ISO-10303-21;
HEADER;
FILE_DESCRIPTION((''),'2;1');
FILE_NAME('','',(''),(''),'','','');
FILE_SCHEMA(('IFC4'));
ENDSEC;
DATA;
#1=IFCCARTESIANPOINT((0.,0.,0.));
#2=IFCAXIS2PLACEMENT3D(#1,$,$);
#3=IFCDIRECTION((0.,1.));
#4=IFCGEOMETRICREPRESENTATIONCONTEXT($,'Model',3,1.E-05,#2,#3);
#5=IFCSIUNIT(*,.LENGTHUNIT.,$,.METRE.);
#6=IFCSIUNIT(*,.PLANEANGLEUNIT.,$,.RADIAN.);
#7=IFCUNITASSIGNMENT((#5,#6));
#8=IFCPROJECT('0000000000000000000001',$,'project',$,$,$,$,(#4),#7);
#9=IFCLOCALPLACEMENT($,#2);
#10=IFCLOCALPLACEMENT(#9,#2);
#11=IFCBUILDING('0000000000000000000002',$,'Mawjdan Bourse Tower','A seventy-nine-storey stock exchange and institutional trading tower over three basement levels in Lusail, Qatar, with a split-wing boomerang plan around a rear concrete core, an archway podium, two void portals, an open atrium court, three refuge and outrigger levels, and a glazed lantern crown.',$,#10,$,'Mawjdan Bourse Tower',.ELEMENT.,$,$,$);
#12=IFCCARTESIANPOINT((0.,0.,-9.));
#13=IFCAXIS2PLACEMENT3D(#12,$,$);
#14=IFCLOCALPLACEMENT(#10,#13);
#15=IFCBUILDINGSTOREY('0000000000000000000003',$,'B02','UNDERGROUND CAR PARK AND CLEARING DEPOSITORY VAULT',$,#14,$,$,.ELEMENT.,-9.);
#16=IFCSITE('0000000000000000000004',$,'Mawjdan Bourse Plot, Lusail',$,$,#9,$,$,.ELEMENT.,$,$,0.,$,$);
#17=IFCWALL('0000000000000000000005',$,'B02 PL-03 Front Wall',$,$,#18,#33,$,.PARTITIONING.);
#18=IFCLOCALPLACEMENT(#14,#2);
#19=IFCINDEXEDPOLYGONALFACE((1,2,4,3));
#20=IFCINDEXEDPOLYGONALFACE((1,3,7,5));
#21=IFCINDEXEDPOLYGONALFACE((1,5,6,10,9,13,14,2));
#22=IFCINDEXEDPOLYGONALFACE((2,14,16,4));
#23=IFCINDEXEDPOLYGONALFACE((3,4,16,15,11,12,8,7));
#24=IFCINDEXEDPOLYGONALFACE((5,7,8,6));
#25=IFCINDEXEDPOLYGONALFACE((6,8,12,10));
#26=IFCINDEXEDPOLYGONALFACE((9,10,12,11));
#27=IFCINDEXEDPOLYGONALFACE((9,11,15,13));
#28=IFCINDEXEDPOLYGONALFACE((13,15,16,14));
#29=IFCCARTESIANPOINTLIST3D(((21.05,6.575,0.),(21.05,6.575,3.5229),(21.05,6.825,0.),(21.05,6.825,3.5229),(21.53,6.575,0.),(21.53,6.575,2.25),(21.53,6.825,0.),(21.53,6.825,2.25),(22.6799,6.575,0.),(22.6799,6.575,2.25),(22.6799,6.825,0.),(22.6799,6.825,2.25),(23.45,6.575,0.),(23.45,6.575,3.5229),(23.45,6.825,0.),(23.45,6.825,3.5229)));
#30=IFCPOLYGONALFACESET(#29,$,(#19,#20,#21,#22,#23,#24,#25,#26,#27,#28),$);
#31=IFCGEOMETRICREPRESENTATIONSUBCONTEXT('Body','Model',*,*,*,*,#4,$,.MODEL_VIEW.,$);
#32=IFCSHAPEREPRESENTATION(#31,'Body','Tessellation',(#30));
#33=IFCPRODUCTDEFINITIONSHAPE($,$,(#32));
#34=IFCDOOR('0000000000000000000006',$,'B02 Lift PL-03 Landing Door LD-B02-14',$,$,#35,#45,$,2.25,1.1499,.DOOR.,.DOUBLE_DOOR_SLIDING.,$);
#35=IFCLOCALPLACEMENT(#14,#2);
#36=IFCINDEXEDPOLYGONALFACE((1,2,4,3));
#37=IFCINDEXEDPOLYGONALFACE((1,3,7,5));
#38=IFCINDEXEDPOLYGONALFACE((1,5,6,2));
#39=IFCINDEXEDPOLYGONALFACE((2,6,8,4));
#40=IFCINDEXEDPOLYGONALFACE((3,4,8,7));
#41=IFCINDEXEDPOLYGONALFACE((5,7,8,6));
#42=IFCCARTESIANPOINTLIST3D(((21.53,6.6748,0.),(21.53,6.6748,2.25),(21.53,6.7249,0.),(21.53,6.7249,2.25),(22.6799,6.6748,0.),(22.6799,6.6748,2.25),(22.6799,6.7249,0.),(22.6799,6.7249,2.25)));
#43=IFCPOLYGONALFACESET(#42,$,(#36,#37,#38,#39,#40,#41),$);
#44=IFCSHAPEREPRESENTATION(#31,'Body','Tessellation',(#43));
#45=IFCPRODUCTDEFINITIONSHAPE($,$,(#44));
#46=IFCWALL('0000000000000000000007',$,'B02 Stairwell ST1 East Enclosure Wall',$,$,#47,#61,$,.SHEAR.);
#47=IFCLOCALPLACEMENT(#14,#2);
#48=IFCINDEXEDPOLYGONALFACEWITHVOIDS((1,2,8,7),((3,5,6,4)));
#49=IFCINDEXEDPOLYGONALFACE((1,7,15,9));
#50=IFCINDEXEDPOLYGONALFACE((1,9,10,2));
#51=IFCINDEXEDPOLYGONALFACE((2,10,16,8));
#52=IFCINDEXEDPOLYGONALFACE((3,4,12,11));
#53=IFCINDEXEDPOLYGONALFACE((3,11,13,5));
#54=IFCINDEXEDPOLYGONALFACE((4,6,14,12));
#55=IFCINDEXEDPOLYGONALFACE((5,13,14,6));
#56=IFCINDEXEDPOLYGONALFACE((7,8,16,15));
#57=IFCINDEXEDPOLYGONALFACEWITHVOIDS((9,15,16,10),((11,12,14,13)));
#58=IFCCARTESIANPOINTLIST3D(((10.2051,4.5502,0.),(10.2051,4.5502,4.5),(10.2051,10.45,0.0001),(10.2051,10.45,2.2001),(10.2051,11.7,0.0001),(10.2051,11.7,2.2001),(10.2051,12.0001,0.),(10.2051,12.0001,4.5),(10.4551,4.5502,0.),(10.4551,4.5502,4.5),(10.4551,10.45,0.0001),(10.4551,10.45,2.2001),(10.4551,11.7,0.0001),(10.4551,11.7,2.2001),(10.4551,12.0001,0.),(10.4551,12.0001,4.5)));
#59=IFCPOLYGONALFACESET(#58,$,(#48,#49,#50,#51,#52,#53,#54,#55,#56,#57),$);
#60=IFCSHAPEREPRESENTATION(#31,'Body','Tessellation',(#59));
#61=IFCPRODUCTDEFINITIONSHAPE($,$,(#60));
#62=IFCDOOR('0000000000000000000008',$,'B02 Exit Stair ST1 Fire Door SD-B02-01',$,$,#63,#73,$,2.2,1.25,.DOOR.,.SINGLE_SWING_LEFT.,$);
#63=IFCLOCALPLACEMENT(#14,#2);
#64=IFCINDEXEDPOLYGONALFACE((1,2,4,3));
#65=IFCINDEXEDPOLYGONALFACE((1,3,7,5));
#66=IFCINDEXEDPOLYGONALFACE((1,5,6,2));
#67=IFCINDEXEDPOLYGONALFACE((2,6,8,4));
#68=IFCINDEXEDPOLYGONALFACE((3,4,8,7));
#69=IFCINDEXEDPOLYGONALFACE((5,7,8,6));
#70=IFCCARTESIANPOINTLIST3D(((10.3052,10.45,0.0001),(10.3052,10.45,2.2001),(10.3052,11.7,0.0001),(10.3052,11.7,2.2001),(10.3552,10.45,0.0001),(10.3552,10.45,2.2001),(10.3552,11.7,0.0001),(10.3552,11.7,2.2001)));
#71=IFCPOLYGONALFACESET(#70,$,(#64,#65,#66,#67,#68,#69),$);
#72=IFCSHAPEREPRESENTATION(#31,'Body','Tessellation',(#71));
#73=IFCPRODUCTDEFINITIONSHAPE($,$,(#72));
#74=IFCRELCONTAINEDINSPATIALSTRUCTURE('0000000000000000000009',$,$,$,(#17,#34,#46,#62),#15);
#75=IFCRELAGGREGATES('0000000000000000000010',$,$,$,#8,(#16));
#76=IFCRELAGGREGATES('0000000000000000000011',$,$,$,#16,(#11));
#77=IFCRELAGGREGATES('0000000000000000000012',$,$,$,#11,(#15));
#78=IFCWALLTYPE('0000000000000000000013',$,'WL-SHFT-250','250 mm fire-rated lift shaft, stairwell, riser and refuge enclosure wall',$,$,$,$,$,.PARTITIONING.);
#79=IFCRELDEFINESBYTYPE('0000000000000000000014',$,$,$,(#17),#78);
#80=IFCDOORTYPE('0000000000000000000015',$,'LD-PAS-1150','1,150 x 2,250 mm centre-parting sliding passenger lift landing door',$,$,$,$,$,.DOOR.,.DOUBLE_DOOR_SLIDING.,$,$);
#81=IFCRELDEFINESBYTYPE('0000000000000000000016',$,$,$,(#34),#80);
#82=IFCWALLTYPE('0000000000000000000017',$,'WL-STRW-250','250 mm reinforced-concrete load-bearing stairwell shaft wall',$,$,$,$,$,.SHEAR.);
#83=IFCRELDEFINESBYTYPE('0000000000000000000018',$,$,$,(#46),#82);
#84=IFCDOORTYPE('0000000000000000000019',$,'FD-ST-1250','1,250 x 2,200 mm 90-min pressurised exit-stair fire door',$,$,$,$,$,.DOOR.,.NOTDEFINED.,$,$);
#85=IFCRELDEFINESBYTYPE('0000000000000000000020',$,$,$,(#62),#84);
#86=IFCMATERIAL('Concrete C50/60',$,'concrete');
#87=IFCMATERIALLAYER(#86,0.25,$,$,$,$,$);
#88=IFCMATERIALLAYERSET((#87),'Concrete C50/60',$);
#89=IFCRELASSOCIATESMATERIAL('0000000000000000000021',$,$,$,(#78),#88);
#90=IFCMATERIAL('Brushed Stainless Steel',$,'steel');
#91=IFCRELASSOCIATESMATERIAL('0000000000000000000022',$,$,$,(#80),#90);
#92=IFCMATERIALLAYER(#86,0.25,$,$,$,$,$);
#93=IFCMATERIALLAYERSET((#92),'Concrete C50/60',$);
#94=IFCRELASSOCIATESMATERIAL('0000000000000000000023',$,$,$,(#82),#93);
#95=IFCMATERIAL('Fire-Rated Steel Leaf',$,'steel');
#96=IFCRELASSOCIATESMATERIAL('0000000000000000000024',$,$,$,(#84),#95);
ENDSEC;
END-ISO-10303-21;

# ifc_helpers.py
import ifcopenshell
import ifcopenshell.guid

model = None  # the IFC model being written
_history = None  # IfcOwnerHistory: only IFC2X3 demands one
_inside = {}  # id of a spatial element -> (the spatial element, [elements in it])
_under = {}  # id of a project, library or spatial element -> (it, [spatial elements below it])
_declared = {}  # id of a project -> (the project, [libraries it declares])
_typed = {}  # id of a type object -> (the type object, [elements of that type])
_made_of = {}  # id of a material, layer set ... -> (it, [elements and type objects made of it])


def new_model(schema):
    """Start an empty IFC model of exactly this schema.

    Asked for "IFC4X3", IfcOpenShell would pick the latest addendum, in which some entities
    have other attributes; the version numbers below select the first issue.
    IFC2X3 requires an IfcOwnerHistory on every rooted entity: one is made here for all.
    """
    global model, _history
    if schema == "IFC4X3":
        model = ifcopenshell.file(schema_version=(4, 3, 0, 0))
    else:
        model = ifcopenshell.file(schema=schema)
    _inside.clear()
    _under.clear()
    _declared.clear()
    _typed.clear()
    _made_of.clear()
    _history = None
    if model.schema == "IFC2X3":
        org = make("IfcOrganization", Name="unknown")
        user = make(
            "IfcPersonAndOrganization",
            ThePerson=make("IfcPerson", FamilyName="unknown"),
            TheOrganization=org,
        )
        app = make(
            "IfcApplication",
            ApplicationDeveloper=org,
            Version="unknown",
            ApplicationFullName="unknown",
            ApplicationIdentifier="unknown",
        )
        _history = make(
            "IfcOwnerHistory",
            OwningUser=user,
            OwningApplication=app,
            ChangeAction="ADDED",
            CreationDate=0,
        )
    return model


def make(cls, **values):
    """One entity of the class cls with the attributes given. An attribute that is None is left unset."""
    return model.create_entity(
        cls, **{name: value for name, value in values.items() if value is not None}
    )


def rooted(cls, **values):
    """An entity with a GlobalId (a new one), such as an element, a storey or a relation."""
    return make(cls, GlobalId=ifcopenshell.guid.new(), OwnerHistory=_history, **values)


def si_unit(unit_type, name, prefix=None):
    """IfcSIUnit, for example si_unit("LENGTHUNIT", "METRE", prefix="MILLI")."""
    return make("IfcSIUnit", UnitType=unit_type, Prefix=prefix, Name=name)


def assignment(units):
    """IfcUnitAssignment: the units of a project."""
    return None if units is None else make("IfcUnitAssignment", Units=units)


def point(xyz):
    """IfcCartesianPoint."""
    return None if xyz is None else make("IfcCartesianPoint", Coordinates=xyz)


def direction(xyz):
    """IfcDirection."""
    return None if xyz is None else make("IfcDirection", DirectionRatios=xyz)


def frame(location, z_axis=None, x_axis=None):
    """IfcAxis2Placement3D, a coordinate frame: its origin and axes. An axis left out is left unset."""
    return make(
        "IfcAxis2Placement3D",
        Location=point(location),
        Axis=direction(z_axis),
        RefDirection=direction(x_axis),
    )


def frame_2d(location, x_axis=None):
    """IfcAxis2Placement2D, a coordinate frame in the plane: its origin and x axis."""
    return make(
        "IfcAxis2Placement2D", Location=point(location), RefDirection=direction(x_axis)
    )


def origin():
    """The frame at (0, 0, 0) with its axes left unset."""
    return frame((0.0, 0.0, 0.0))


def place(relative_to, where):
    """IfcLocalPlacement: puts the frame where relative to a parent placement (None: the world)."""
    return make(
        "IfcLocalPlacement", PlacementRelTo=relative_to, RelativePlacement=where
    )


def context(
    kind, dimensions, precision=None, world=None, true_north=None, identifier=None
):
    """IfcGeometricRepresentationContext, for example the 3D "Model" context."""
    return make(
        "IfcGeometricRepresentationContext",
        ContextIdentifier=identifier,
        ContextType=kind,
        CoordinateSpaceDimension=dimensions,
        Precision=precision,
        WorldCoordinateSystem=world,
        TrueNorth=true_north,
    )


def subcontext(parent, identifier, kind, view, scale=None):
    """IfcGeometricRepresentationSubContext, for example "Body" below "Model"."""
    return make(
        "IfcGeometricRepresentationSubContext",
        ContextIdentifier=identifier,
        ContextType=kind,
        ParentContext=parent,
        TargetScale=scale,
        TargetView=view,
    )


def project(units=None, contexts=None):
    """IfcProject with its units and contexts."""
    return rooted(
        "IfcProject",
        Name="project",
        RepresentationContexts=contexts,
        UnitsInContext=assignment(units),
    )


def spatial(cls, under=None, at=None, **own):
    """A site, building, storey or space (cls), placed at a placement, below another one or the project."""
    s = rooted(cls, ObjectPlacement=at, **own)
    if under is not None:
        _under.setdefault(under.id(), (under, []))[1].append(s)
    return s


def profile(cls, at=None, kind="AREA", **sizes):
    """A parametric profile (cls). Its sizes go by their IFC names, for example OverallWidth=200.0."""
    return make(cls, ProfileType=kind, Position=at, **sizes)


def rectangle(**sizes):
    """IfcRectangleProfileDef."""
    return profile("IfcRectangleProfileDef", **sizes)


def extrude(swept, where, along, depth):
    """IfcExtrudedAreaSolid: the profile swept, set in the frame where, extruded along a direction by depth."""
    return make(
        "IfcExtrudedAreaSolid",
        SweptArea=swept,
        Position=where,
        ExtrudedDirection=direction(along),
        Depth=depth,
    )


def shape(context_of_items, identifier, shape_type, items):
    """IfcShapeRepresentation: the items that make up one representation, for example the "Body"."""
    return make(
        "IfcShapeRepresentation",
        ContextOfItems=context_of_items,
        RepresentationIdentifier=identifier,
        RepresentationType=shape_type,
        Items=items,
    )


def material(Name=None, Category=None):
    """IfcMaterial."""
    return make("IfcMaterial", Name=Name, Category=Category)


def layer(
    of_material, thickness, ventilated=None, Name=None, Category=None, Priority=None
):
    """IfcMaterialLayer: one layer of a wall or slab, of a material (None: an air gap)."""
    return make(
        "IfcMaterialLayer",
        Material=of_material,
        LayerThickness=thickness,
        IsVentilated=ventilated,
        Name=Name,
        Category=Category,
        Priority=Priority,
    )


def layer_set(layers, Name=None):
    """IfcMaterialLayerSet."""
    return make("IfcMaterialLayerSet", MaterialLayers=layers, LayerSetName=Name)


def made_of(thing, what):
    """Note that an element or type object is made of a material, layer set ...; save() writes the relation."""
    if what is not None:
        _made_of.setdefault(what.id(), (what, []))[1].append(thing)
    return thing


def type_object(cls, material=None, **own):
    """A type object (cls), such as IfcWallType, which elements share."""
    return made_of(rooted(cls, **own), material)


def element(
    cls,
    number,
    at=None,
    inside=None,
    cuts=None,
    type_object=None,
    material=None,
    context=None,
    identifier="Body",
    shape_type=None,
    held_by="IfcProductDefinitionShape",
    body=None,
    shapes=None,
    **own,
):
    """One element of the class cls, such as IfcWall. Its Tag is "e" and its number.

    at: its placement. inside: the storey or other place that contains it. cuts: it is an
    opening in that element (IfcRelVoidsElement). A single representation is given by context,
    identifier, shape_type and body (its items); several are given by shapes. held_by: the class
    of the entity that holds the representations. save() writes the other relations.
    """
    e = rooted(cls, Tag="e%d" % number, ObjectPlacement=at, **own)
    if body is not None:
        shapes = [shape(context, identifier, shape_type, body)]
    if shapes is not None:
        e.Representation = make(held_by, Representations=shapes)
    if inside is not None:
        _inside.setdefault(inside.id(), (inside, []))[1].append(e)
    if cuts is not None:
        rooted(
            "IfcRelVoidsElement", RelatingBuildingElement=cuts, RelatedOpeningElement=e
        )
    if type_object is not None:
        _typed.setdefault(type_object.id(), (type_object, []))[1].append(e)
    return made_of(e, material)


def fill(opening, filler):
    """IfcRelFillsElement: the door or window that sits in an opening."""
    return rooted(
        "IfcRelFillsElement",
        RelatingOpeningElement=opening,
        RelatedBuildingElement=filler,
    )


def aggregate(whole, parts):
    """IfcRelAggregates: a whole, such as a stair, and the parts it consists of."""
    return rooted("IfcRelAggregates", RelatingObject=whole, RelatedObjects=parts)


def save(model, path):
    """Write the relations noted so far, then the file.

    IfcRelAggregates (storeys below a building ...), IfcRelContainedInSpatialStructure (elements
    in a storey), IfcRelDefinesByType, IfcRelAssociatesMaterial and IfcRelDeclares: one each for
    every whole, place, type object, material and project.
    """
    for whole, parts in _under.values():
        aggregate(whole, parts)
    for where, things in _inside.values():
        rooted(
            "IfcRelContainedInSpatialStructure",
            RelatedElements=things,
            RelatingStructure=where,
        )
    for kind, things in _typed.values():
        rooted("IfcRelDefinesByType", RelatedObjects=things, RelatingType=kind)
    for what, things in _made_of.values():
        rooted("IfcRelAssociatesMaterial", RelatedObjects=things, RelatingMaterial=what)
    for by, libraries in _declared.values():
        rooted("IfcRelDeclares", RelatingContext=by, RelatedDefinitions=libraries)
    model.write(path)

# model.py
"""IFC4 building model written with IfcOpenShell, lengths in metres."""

from ifc_helpers import new_model, si_unit, direction, frame, frame_2d, origin, place, context, subcontext, project, spatial, rectangle, extrude, material, layer, layer_set, type_object, element, fill, save


model = new_model("IFC4")

# Units and contexts
model_context = context("Model", 3, precision=1e-05, world=origin(), true_north=direction((0.0, 1.0)))
body_context = subcontext(model_context, "Body", "Model", "MODEL_VIEW")
ifc_project = project(units=[si_unit("LENGTHUNIT", "METRE"), si_unit("PLANEANGLEUNIT", "RADIAN")], contexts=[model_context])

# Site, building, storey
site_placement = place(None, origin())
site = spatial("IfcSite", under=ifc_project, at=site_placement, Name="Mawjdan Bourse Plot, Lusail", CompositionType="ELEMENT", RefElevation=0.0)
building_placement = place(site_placement, origin())
building = spatial("IfcBuilding", under=site, at=building_placement, Name="Mawjdan Bourse Tower", Description="A seventy-nine-storey stock exchange and institutional trading tower over three basement levels in Lusail, Qatar, with a split-wing boomerang plan around a rear concrete core, an archway podium, two void portals, an open atrium court, three refuge and outrigger levels, and a glazed lantern crown.", LongName="Mawjdan Bourse Tower", CompositionType="ELEMENT")
storey_placement = place(building_placement, frame((0.0, 0.0, -9.0)))
storey = spatial("IfcBuildingStorey", under=building, at=storey_placement, Name="B02", Description="UNDERGROUND CAR PARK AND CLEARING DEPOSITORY VAULT", CompositionType="ELEMENT", Elevation=-9.0)

# Shared definitions
ifc_material_1 = material(Name="Concrete C50/60", Category="concrete")
ifc_layer_1 = layer(ifc_material_1, 0.25)
ifc_layer_set_1 = layer_set([ifc_layer_1], Name="Concrete C50/60")
wall_type_1 = type_object("IfcWallType", Name="WL-SHFT-250", Description="250 mm fire-rated lift shaft, stairwell, riser and refuge enclosure wall", PredefinedType="PARTITIONING", material=ifc_layer_set_1)

# Shared definitions
ifc_material_2 = material(Name="Brushed Stainless Steel", Category="steel")

# Shared definitions
ifc_material_3 = material(Name="Fire-Rated Steel Leaf", Category="steel")

# Shared definitions
door_type_1 = type_object("IfcDoorType", Name="LD-PAS-1150", Description="1,150 x 2,250 mm centre-parting sliding passenger lift landing door", OperationType="DOUBLE_DOOR_SLIDING", PredefinedType="DOOR", material=ifc_material_2)

# Walls, openings, doors
wall_1_placement = place(storey_placement, frame((21.05, 6.7, 0.0), z_axis=(0.0, 0.0, 1.0), x_axis=(1.0, 0.0, 0.0)))
wall_1 = element("IfcWall", 1, at=wall_1_placement, inside=storey, type_object=wall_type_1, Name="B02 PL-03 Front Wall", PredefinedType="PARTITIONING", context=body_context, shape_type="SweptSolid", body=[
    extrude(rectangle(XDim=2.3999, YDim=0.25, at=frame_2d((1.2, 0.0))), origin(), (0.0, 0.0, 1.0), 3.5229),
])
opening_1_placement = place(wall_1_placement, frame((0.48, 0.0, 0.0)))
opening_1 = element("IfcOpeningElement", 2, at=opening_1_placement, cuts=wall_1, PredefinedType="OPENING", context=body_context, shape_type="SweptSolid", body=[
    extrude(rectangle(XDim=1.1499, YDim=2.25, at=frame_2d((0.575, 1.125))), frame((0.0, 0.135, 0.0), z_axis=(0.0, -1.0, 0.0), x_axis=(1.0, 0.0, 0.0)), (0.0, 0.0, 1.0), 0.27),
])
door_1_placement = place(opening_1_placement, origin())
door_1 = element("IfcDoor", 3, at=door_1_placement, inside=storey, type_object=door_type_1, Name="B02 Lift PL-03 Landing Door LD-B02-14", OperationType="DOUBLE_DOOR_SLIDING", OverallHeight=2.25, OverallWidth=1.1499, PredefinedType="DOOR", context=body_context, shape_type="SweptSolid", body=[
    extrude(rectangle(XDim=1.1499, YDim=2.25, at=frame_2d((0.575, 1.125))), frame((0.0, 0.0249, 0.0), z_axis=(0.0, -1.0, 0.0), x_axis=(1.0, 0.0, 0.0)), (0.0, 0.0, 1.0), 0.05),
])
fill(opening_1, door_1)
ifc_layer_2 = layer(ifc_material_1, 0.25)
ifc_layer_set_2 = layer_set([ifc_layer_2], Name="Concrete C50/60")
wall_type_2 = type_object("IfcWallType", Name="WL-STRW-250", Description="250 mm reinforced-concrete load-bearing stairwell shaft wall", PredefinedType="SHEAR", material=ifc_layer_set_2)
wall_2_placement = place(storey_placement, frame((10.3301, 4.55, 0.0), z_axis=(0.0, 0.0, 1.0), x_axis=(0.0, 1.0, 0.0)))
wall_2 = element("IfcWall", 4, at=wall_2_placement, inside=storey, type_object=wall_type_2, Name="B02 Stairwell ST1 East Enclosure Wall", PredefinedType="SHEAR", context=body_context, shape_type="SweptSolid", body=[
    extrude(rectangle(XDim=7.45, YDim=0.25, at=frame_2d((3.7251, 0.0))), origin(), (0.0, 0.0, 1.0), 4.5),
])
opening_2_placement = place(wall_2_placement, frame((5.8999, 0.0, 0.0)))
opening_2 = element("IfcOpeningElement", 5, at=opening_2_placement, cuts=wall_2, PredefinedType="OPENING", context=body_context, shape_type="SweptSolid", body=[
    extrude(rectangle(XDim=1.25, YDim=2.2, at=frame_2d((0.625, 1.1001))), frame((0.0, 0.135, 0.0), z_axis=(0.0, -1.0, 0.0), x_axis=(1.0, 0.0, 0.0)), (0.0, 0.0, 1.0), 0.27),
])
door_type_2 = type_object("IfcDoorType", Name="FD-ST-1250", Description="1,250 x 2,200 mm 90-min pressurised exit-stair fire door", OperationType="NOTDEFINED", PredefinedType="DOOR", material=ifc_material_3)
door_2_placement = place(opening_2_placement, origin())
door_2 = element("IfcDoor", 6, at=door_2_placement, inside=storey, type_object=door_type_2, Name="B02 Exit Stair ST1 Fire Door SD-B02-01", OperationType="SINGLE_SWING_LEFT", OverallHeight=2.2, OverallWidth=1.25, PredefinedType="DOOR", context=body_context, shape_type="SweptSolid", body=[
    extrude(rectangle(XDim=1.25, YDim=2.2, at=frame_2d((0.625, 1.1001))), frame((0.0, 0.0249, 0.0), z_axis=(0.0, -1.0, 0.0), x_axis=(1.0, 0.0, 0.0)), (0.0, 0.0, 1.0), 0.05),
])
fill(opening_2, door_2)

save(model, "model.ifc")
